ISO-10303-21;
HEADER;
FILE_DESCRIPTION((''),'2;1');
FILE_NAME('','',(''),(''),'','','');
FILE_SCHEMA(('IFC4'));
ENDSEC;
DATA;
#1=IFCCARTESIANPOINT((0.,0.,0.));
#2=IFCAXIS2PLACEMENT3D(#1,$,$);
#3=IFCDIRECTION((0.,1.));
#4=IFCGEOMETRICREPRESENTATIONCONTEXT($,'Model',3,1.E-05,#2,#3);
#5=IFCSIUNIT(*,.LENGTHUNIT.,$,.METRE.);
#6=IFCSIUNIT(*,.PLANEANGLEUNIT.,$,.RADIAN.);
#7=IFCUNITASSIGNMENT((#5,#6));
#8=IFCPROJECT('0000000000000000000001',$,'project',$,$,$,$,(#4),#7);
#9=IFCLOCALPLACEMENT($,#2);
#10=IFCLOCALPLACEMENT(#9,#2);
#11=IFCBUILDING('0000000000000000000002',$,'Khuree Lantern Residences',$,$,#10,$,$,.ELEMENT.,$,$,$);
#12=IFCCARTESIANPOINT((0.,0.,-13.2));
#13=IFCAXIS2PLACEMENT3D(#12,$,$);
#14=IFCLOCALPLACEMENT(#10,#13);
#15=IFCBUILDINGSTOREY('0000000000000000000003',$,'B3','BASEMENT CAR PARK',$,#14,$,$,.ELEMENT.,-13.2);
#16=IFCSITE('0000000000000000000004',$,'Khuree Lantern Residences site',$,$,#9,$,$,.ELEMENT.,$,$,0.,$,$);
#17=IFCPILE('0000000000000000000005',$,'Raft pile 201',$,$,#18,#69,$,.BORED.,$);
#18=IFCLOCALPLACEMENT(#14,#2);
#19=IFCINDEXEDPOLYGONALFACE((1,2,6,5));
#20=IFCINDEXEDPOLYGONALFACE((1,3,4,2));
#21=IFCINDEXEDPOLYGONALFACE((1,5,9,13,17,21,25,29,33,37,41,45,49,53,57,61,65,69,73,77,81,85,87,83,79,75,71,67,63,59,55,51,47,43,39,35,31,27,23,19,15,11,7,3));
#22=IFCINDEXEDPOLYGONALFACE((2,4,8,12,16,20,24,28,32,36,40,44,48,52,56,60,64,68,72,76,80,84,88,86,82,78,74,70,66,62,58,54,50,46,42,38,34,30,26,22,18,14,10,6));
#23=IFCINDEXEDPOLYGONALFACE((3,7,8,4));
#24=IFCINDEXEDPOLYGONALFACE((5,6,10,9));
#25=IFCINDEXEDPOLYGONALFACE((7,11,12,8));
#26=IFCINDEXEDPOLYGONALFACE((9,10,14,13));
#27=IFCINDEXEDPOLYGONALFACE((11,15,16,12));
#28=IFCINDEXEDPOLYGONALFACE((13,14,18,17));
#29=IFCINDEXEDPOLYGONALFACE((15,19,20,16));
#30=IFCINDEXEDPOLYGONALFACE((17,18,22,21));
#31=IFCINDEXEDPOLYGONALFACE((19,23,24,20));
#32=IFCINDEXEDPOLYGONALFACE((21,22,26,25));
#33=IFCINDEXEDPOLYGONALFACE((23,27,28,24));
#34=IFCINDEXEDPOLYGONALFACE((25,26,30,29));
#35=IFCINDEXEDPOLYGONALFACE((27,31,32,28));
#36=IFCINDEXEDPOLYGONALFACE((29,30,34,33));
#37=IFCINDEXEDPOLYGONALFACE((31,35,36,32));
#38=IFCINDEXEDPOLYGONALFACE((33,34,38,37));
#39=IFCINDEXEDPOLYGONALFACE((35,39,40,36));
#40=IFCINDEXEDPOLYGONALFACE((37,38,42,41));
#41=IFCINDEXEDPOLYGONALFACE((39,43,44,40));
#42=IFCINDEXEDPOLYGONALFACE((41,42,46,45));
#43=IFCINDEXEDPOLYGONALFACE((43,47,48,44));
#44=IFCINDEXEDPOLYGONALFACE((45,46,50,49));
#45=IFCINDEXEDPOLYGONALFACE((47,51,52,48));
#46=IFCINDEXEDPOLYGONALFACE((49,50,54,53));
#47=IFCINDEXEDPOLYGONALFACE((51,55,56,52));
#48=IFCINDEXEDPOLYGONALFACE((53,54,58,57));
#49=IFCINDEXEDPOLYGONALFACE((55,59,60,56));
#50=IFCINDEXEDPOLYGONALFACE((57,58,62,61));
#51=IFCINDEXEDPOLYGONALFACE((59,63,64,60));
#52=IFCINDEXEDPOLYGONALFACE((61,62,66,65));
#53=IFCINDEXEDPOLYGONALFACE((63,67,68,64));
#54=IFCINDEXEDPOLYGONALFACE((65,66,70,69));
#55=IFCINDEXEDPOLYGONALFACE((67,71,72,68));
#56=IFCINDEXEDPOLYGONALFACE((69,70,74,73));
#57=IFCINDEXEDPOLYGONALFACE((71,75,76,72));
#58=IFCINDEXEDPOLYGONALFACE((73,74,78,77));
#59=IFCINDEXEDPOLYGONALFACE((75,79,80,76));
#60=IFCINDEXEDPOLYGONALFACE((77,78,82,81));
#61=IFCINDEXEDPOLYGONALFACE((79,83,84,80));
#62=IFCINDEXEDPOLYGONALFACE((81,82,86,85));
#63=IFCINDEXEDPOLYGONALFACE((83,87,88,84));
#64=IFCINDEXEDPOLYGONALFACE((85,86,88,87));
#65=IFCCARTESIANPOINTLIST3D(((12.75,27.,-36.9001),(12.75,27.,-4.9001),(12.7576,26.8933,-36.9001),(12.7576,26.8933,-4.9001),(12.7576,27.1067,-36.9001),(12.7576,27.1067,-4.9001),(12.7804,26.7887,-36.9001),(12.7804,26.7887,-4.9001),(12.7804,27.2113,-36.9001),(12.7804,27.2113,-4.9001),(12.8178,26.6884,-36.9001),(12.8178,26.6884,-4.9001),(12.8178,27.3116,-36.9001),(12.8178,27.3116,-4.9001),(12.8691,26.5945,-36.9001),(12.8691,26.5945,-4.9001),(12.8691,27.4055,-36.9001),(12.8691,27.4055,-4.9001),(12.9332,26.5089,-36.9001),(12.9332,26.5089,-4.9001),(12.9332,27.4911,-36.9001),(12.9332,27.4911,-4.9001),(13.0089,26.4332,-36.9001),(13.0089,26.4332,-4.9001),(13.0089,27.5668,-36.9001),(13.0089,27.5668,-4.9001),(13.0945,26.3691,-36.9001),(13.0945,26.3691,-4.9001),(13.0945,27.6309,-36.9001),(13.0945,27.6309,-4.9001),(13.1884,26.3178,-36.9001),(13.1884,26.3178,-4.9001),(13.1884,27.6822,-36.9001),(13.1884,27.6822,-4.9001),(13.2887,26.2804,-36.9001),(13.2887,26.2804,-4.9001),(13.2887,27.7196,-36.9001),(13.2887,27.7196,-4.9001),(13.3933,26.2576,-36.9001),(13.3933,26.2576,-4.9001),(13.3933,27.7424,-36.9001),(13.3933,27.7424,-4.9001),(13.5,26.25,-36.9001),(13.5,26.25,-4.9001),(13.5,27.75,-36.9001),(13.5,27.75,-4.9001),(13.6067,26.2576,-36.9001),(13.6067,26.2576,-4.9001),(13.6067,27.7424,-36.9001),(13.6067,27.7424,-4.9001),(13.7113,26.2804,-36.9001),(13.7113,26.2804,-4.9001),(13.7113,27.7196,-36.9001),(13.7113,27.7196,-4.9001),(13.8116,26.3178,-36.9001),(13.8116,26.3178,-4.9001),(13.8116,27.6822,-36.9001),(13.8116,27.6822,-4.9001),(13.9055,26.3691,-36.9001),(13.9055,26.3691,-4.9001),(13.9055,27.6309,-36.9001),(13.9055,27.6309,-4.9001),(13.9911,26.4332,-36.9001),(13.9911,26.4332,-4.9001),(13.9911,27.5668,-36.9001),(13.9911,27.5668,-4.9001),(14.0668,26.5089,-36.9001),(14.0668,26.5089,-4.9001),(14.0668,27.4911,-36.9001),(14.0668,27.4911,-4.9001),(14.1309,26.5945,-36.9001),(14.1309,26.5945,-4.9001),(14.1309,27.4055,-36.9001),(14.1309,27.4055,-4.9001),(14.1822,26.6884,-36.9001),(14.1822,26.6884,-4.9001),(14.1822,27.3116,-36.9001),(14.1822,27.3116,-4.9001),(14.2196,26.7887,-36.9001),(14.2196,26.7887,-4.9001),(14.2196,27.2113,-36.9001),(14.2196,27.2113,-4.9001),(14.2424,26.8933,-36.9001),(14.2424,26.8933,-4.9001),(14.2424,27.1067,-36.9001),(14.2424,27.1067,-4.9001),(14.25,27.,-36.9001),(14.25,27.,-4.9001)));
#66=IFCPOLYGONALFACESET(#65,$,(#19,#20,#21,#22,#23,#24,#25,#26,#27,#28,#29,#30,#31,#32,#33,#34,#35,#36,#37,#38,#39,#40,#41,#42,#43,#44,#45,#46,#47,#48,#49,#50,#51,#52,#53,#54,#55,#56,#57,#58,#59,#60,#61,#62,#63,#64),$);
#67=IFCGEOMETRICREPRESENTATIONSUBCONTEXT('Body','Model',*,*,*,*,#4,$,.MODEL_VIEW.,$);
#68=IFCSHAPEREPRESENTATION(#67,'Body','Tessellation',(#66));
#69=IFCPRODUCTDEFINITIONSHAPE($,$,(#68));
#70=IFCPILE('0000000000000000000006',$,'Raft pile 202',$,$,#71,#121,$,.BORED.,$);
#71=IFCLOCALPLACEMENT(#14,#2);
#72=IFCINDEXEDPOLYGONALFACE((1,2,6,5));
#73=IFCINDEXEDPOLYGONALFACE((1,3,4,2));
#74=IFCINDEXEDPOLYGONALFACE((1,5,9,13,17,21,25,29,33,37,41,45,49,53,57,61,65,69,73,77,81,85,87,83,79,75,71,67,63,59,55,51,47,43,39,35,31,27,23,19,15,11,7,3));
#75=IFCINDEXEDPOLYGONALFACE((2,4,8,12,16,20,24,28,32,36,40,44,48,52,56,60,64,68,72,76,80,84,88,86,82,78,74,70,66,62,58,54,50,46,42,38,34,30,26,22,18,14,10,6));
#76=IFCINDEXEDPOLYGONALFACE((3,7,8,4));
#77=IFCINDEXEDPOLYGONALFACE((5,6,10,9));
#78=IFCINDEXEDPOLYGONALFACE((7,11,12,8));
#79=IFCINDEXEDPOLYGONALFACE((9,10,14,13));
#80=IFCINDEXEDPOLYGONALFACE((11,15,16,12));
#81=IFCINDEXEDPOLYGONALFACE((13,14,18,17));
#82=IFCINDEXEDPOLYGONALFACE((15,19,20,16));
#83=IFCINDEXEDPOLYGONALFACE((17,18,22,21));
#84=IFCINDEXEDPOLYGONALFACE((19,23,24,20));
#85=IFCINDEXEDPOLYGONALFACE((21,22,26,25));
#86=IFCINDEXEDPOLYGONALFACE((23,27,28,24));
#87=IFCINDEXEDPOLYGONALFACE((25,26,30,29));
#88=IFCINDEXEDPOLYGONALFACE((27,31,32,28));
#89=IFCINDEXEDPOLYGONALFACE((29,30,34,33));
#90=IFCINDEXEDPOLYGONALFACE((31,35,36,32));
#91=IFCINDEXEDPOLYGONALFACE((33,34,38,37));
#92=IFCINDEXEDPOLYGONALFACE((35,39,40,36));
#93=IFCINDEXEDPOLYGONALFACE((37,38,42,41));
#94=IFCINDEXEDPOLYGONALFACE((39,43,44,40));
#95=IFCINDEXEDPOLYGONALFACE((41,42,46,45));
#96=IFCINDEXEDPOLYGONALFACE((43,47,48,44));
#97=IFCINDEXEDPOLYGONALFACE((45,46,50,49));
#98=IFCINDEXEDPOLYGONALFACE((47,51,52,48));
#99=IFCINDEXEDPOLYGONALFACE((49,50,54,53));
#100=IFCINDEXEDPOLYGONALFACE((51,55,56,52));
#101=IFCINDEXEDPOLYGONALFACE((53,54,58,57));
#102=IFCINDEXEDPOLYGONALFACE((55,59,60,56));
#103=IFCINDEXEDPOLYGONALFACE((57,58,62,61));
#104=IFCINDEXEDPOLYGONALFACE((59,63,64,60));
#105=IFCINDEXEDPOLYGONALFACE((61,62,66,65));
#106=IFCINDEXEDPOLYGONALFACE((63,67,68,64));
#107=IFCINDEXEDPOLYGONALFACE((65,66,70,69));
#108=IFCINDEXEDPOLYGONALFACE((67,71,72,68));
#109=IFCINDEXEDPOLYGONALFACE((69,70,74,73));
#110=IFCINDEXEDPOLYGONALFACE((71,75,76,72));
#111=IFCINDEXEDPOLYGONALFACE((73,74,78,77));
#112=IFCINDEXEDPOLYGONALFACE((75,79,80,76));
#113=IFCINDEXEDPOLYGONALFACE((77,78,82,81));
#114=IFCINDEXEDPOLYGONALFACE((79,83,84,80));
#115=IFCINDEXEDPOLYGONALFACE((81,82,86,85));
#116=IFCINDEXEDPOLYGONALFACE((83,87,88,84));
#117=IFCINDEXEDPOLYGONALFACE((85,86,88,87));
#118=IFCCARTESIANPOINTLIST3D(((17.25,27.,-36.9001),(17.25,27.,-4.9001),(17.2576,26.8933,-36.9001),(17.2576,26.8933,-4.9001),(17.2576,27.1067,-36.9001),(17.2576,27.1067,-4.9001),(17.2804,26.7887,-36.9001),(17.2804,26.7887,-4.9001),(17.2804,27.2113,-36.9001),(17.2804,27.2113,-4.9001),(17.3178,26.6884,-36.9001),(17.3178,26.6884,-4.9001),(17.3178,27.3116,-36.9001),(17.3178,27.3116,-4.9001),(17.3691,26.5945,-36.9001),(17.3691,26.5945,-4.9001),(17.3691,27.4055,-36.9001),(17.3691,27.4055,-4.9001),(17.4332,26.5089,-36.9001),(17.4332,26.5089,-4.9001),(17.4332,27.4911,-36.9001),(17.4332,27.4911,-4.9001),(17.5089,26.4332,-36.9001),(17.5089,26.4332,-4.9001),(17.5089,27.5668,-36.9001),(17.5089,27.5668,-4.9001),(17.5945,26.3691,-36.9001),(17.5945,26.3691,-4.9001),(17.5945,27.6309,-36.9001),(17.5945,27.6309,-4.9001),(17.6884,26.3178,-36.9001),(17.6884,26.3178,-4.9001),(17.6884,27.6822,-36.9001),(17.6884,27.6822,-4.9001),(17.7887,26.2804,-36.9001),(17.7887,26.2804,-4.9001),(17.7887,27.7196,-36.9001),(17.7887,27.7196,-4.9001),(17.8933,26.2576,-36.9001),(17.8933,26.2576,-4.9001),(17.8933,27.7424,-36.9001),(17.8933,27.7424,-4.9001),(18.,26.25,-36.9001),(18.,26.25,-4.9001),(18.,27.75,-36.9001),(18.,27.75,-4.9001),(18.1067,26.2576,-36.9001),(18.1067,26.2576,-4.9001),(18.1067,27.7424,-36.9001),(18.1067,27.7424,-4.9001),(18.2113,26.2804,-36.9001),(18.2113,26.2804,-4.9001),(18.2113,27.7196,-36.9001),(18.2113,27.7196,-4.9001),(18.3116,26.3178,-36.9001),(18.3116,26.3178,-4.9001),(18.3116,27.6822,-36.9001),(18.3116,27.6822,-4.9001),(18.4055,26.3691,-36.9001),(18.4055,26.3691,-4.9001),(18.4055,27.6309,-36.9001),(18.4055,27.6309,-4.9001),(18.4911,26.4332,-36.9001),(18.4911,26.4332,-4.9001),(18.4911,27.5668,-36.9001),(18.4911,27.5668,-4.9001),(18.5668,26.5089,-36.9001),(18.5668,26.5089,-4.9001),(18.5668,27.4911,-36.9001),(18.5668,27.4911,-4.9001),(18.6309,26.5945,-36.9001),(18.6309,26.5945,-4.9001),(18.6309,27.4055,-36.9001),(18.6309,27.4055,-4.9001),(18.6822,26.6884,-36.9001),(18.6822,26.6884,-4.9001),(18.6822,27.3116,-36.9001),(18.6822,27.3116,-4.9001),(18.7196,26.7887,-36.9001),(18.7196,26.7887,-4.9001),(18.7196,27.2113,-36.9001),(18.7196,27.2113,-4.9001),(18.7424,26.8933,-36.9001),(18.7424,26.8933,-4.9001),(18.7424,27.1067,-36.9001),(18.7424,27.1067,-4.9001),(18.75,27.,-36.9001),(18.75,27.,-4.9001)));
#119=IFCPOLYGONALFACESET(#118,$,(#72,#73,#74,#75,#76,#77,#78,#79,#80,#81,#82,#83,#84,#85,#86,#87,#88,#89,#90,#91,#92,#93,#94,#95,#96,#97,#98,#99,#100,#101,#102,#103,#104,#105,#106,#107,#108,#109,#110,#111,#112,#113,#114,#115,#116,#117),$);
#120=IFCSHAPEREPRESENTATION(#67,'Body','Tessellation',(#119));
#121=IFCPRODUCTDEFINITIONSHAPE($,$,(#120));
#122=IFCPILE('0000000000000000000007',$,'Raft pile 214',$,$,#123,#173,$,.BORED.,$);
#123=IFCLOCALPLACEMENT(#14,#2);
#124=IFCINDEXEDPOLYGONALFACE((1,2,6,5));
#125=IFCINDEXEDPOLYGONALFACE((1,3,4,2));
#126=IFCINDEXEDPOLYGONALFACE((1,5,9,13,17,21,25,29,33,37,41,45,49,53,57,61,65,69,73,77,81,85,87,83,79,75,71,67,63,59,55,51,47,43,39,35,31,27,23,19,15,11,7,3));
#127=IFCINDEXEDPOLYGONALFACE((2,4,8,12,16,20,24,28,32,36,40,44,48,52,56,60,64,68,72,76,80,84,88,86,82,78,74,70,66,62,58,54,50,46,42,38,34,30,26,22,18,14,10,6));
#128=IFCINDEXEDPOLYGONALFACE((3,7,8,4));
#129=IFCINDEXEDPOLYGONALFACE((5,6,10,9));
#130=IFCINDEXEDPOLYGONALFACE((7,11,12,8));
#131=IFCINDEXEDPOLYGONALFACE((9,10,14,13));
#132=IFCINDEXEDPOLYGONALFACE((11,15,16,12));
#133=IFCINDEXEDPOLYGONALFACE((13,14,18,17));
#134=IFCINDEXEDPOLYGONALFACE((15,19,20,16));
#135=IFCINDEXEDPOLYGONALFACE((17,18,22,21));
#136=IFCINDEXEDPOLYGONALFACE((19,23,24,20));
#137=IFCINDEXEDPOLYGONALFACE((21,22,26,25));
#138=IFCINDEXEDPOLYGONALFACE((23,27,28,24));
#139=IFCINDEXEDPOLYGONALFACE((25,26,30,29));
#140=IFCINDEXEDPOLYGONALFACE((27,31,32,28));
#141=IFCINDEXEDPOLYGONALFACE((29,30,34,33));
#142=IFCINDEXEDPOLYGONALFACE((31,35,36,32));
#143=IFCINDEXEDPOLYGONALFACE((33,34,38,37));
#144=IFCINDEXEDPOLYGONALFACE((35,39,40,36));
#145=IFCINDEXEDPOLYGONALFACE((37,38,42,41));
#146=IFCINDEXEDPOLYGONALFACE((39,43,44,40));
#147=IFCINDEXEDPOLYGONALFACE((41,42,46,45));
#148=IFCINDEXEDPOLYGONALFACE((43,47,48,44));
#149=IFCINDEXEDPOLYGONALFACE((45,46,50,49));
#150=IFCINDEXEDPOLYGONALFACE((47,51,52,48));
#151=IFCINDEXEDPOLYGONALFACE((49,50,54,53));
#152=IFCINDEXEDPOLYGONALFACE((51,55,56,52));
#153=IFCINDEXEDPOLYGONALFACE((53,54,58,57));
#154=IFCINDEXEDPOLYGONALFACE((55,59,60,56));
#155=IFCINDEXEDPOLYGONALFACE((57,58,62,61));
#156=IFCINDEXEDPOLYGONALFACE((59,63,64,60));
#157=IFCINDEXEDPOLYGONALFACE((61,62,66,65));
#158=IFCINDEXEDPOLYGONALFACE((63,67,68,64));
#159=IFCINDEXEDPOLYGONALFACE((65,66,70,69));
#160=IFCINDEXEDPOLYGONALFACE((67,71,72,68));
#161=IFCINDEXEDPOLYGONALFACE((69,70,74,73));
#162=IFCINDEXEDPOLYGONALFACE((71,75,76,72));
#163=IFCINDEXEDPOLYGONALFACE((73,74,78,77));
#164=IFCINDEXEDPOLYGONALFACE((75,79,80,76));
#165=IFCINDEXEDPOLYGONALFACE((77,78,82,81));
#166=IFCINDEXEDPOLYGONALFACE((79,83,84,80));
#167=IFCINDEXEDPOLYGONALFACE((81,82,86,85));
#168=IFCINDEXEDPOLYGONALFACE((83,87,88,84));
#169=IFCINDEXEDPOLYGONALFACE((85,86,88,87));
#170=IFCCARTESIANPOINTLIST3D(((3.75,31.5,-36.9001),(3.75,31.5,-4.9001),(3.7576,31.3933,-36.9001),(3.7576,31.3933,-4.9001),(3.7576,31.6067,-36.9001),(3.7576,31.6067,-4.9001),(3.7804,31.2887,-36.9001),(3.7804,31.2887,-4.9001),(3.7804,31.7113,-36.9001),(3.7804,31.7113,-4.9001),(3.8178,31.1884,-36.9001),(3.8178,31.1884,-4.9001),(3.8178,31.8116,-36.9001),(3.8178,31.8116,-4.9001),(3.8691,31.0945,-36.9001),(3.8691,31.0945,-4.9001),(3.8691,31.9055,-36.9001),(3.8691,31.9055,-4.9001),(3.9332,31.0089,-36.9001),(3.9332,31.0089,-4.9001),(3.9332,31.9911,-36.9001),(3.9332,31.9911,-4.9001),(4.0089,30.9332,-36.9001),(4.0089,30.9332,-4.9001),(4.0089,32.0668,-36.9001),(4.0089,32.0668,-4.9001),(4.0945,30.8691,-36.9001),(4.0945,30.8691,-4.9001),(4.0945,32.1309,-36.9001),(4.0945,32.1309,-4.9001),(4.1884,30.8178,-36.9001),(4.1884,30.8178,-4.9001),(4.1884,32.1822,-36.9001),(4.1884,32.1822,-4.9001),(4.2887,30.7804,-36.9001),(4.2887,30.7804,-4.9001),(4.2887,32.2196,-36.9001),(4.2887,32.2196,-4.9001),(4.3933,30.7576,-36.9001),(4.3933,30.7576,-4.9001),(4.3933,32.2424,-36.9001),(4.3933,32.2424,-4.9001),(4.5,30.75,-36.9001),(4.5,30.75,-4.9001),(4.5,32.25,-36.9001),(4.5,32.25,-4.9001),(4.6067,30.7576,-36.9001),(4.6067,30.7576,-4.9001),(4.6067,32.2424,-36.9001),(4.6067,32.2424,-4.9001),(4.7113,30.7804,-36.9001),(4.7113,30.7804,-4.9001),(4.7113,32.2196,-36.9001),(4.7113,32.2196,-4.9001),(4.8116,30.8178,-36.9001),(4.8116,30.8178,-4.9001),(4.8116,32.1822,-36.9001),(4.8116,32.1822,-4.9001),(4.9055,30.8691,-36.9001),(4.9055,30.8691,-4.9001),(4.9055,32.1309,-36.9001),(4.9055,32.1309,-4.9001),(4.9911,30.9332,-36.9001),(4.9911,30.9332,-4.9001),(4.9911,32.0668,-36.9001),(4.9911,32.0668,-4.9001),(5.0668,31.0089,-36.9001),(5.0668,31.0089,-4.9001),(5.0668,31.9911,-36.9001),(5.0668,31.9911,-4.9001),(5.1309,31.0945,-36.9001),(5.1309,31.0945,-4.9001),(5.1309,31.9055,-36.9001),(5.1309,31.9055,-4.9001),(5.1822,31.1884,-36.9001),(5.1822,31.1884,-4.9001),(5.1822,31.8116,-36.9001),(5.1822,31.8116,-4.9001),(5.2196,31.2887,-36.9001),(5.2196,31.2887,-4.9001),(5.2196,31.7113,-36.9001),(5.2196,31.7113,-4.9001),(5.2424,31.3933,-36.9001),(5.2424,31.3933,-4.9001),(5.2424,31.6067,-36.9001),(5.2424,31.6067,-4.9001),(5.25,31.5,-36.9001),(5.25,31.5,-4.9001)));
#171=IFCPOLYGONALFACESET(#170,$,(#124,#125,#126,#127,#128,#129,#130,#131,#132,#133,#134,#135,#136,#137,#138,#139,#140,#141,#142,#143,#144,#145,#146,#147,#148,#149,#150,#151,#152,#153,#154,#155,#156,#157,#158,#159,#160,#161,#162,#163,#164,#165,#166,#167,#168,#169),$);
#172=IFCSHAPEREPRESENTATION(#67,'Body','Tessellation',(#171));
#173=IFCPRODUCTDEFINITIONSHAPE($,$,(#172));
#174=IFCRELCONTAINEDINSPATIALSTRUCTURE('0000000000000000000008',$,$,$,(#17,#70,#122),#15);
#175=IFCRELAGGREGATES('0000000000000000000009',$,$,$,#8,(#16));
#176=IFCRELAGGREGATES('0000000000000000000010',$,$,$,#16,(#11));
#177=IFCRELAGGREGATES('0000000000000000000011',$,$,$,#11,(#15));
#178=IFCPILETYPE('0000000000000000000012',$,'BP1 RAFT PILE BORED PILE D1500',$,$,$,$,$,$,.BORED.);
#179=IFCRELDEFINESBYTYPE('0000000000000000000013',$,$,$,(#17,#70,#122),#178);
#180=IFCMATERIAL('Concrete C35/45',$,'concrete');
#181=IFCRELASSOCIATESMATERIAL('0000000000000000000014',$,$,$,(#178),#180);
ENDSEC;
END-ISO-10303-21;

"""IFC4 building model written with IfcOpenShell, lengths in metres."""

from ifc_helpers import new_model, si_unit, direction, frame, origin, origin_2d, place, context, subcontext, project, spatial, circle, extrude, material, material_profile, profile_set, type_object, element, save


model = new_model("IFC4")

# Units and contexts
model_context = context("Model", 3, precision=1e-05, world=origin(), true_north=direction((0.0, 1.0)))
body_context = subcontext(model_context, "Body", "Model", "MODEL_VIEW")
ifc_project = project(units=[si_unit("LENGTHUNIT", "METRE"), si_unit("PLANEANGLEUNIT", "RADIAN")], contexts=[model_context])

# Site, building, storey
site_placement = place(None, origin())
site = spatial("IfcSite", under=ifc_project, at=site_placement, Name="Khuree Lantern Residences site", CompositionType="ELEMENT", RefElevation=0.0)
building_placement = place(site_placement, origin())
building = spatial("IfcBuilding", under=site, at=building_placement, Name="Khuree Lantern Residences", CompositionType="ELEMENT")
storey_placement = place(building_placement, frame((0.0, 0.0, -13.2)))
storey = spatial("IfcBuildingStorey", under=building, at=storey_placement, Name="B3", Description="BASEMENT CAR PARK", CompositionType="ELEMENT", Elevation=-13.2)

# Piles
ifc_material_1 = material(Name="Concrete C35/45", Category="concrete")
ifc_material_profile_1 = material_profile(ifc_material_1, circle(Radius=0.75, at=origin_2d()), Name="BORED PILE D1500")
ifc_profile_set_1 = profile_set([ifc_material_profile_1], Name="Concrete C35/45")
pile_type_1 = type_object("IfcPileType", Name="BP1 RAFT PILE BORED PILE D1500", PredefinedType="BORED", material=ifc_profile_set_1)
for number, where, z_axis, x_axis, name in (
    (1, (13.5, 27.0, -4.9001), (0.0, 0.0, -1.0), (1.0, 0.0, 0.0), "Raft pile 201"),
    (2, (18.0, 27.0, -4.9001), (0.0, 0.0, -1.0), (1.0, 0.0, 0.0), "Raft pile 202"),
    (3, (4.5, 31.5, -4.9001), (0.0, 0.0, -1.0), (1.0, 0.0, 0.0), "Raft pile 214"),
):
    element("IfcPile", number, at=place(storey_placement, frame(where, z_axis=z_axis, x_axis=x_axis)), inside=storey, type_object=pile_type_1, Name=name, PredefinedType="BORED", context=body_context, shape_type="SweptSolid", body=[
        extrude(circle(Radius=0.75, at=origin_2d()), origin(), (0.0, 0.0, 1.0), 32.0),
    ])

save(model, "model.ifc")
